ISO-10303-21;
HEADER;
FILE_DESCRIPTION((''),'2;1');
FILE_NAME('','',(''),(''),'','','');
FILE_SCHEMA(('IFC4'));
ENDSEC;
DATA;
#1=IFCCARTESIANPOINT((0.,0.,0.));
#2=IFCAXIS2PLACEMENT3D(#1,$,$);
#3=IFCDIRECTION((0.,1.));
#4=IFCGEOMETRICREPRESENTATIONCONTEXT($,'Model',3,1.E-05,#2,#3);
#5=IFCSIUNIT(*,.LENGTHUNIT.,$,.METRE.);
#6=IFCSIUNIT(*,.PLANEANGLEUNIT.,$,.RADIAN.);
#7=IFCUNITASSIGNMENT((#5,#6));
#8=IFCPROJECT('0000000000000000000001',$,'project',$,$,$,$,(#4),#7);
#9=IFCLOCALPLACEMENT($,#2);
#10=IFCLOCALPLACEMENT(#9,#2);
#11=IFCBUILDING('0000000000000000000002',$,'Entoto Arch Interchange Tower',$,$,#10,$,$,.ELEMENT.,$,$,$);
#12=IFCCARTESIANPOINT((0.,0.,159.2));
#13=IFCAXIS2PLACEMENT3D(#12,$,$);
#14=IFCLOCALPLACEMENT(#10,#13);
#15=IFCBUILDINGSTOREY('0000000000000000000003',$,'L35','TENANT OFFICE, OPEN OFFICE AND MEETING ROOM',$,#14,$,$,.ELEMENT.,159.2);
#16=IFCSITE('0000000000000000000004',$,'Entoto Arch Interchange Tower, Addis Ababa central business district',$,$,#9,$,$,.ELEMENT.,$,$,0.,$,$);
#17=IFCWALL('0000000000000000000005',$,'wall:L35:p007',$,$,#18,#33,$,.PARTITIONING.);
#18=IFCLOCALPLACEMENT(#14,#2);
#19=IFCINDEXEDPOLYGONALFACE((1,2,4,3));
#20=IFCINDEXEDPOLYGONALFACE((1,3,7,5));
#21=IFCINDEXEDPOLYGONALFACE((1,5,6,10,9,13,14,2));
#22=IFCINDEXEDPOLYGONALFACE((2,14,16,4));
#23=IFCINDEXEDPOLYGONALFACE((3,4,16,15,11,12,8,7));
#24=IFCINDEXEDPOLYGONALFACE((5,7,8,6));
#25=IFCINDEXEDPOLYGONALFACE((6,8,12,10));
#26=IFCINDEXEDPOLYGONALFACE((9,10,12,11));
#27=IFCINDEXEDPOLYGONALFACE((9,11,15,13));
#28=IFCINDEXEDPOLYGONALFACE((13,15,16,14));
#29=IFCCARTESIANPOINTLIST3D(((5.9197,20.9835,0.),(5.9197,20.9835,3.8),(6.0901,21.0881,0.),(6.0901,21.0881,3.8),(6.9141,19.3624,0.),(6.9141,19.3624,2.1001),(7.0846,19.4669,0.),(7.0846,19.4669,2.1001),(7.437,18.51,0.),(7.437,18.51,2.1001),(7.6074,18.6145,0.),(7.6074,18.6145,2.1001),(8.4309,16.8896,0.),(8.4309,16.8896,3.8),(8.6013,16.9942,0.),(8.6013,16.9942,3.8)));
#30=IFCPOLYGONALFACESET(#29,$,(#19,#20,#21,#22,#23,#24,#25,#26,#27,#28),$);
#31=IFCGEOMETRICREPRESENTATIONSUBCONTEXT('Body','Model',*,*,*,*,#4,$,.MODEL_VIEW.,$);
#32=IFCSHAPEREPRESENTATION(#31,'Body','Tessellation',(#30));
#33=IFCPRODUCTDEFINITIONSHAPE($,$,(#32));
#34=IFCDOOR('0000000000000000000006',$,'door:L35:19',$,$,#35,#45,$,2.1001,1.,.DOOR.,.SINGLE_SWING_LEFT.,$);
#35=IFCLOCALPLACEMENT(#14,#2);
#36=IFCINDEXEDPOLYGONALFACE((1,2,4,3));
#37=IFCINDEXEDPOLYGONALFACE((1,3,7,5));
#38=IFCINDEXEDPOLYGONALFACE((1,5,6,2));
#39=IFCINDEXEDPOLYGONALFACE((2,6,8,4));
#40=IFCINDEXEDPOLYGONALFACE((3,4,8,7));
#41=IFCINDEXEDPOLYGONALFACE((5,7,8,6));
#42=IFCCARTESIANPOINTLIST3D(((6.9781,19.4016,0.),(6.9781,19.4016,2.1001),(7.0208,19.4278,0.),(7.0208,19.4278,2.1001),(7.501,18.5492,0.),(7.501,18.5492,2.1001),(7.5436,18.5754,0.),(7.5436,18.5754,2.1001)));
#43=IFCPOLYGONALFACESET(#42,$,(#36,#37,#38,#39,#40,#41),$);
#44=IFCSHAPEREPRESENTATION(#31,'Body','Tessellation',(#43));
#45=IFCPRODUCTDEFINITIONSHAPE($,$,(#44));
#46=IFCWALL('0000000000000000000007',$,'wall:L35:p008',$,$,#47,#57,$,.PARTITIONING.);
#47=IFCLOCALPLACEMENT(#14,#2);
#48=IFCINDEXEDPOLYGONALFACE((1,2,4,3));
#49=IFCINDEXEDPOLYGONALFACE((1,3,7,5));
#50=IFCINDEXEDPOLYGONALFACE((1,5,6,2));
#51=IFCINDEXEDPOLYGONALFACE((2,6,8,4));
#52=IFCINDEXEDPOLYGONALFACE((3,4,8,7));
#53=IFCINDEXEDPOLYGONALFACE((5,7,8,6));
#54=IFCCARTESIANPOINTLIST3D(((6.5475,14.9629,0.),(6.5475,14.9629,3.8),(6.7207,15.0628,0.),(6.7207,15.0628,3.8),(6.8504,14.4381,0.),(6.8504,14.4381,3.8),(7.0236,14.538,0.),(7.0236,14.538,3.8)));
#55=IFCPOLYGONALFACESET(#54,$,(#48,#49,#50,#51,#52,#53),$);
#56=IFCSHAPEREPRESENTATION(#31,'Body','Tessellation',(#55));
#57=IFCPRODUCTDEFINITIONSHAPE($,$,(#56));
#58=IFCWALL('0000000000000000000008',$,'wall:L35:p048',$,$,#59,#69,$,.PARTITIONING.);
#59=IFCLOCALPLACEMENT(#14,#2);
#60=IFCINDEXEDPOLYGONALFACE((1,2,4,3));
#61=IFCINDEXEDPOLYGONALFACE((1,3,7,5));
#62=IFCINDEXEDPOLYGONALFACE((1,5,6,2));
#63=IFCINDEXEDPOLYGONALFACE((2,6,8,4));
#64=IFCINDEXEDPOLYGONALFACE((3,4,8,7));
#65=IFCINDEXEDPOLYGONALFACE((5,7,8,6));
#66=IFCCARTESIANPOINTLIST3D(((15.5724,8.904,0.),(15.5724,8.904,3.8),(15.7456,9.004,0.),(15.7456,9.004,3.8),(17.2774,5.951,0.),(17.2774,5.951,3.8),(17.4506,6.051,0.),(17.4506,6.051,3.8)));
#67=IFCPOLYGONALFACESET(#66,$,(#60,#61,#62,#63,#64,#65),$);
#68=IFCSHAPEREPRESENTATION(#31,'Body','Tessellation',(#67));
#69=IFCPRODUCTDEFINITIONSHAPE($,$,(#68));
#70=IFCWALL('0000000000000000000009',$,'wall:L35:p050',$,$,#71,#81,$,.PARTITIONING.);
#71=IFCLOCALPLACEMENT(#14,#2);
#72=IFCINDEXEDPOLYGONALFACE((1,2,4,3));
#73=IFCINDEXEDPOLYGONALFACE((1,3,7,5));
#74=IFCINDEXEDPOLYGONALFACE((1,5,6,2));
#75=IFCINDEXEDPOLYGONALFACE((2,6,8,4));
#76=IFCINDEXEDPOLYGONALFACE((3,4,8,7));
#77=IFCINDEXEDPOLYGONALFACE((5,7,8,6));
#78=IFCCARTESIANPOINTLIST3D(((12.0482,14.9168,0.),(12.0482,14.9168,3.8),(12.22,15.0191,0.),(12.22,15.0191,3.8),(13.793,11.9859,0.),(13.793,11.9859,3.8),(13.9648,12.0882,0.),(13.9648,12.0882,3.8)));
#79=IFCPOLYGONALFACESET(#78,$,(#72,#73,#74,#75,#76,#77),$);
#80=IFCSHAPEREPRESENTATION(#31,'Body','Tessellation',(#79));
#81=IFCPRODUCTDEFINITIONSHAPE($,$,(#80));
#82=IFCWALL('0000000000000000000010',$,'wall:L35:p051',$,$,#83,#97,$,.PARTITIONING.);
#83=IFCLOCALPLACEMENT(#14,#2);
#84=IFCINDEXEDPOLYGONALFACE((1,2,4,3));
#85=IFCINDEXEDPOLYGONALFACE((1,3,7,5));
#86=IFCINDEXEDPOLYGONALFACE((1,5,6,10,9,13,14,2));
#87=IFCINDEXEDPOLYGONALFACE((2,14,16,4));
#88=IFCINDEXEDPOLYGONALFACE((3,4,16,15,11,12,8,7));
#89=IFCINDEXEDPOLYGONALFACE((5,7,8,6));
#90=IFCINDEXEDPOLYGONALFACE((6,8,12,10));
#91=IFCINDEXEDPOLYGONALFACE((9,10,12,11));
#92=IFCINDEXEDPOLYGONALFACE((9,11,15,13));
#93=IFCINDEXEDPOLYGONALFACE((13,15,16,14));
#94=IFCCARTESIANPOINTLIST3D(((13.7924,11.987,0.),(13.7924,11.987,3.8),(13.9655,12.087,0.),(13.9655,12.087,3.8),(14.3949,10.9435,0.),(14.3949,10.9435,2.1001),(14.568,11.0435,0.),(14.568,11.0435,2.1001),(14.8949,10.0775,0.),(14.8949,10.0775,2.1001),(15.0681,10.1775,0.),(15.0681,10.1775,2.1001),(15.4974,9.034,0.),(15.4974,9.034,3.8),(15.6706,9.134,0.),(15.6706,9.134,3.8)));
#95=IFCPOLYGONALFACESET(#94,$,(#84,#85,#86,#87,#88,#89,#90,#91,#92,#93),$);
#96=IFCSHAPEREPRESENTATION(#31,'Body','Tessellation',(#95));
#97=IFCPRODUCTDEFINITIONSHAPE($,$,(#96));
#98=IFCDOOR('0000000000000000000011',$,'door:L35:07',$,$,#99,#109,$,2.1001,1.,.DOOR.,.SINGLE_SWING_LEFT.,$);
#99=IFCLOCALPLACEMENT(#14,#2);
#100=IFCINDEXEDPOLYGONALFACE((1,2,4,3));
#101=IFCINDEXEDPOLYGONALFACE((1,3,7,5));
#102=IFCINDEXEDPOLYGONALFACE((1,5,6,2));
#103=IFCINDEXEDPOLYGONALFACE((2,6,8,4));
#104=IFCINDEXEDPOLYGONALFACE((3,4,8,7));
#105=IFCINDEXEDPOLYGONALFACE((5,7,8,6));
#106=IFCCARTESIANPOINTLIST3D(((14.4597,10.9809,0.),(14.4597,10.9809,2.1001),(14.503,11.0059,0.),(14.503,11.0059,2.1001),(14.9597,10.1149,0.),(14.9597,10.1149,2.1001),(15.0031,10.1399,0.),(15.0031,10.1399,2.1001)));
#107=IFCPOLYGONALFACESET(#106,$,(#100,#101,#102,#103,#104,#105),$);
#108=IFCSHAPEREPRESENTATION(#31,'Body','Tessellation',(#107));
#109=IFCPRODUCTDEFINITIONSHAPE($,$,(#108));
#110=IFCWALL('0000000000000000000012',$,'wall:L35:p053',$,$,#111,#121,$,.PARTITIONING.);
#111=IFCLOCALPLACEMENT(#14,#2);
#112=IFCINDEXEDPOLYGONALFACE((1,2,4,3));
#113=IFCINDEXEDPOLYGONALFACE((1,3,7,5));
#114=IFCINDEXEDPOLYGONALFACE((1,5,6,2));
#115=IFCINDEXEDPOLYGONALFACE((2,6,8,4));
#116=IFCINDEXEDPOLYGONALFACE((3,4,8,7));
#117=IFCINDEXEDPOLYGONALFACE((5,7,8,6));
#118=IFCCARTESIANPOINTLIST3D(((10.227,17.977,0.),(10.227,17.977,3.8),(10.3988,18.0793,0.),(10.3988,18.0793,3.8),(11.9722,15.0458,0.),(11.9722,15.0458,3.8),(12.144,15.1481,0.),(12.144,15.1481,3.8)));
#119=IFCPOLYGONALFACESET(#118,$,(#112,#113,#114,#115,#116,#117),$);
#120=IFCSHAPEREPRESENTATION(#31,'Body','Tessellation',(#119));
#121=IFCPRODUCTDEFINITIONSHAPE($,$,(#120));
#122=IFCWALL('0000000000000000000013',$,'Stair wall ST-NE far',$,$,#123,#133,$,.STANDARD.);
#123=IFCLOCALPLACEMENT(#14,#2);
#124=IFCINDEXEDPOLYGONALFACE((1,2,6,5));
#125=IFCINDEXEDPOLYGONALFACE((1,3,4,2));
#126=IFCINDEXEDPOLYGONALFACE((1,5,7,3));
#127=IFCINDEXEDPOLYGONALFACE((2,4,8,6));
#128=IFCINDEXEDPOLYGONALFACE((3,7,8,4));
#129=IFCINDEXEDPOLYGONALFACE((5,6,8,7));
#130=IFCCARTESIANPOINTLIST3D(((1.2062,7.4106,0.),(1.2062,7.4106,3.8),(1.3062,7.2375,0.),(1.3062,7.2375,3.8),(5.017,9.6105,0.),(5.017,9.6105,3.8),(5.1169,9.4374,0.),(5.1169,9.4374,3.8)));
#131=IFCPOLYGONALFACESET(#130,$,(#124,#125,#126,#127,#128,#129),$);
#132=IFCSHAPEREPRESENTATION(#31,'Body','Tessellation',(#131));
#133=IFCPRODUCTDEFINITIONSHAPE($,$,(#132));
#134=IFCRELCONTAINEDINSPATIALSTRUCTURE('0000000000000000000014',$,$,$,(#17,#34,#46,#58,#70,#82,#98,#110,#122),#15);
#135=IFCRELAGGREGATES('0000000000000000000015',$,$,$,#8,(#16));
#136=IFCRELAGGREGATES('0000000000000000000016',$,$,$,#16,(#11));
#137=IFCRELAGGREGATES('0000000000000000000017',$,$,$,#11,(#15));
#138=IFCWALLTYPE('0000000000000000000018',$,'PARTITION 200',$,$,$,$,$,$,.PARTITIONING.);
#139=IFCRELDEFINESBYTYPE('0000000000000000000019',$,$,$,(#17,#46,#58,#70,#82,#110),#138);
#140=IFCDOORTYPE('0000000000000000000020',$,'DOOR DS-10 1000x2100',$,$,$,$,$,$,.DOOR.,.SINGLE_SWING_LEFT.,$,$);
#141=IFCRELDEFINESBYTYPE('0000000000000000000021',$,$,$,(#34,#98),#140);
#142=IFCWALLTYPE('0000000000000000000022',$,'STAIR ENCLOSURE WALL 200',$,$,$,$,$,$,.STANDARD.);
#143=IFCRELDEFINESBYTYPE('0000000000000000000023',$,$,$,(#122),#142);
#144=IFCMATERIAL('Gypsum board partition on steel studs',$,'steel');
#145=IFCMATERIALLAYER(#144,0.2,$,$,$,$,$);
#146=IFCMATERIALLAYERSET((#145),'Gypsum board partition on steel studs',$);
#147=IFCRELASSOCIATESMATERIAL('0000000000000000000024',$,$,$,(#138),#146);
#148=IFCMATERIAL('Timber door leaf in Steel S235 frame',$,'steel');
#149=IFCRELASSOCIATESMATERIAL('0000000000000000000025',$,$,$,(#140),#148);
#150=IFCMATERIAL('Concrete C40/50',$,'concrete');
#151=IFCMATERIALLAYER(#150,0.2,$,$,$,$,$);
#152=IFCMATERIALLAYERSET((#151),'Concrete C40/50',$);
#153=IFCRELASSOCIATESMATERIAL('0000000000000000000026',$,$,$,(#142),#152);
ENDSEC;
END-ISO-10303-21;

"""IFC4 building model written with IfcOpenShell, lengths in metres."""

from ifc_helpers import new_model, si_unit, direction, frame, frame_2d, origin, place, context, subcontext, project, spatial, rectangle, extrude, material, layer, layer_set, type_object, element, fill, save


model = new_model("IFC4")

# Units and contexts
model_context = context("Model", 3, precision=1e-05, world=origin(), true_north=direction((0.0, 1.0)))
body_context = subcontext(model_context, "Body", "Model", "MODEL_VIEW")
ifc_project = project(units=[si_unit("LENGTHUNIT", "METRE"), si_unit("PLANEANGLEUNIT", "RADIAN")], contexts=[model_context])

# Site, building, storey
site_placement = place(None, origin())
site = spatial("IfcSite", under=ifc_project, at=site_placement, Name="Entoto Arch Interchange Tower, Addis Ababa central business district", CompositionType="ELEMENT", RefElevation=0.0)
building_placement = place(site_placement, origin())
building = spatial("IfcBuilding", under=site, at=building_placement, Name="Entoto Arch Interchange Tower", CompositionType="ELEMENT")
storey_placement = place(building_placement, frame((0.0, 0.0, 159.2)))
storey = spatial("IfcBuildingStorey", under=building, at=storey_placement, Name="L35", Description="TENANT OFFICE, OPEN OFFICE AND MEETING ROOM", CompositionType="ELEMENT", Elevation=159.2)

# Shared definitions
ifc_material_1 = material(Name="Gypsum board partition on steel studs", Category="steel")
ifc_layer_1 = layer(ifc_material_1, 0.2)
ifc_layer_set_1 = layer_set([ifc_layer_1], Name="Gypsum board partition on steel studs")
wall_type_1 = type_object("IfcWallType", Name="PARTITION 200", PredefinedType="PARTITIONING", material=ifc_layer_set_1)

# Wall, opening, door
wall_1_placement = place(storey_placement, frame((8.5161, 16.9419, 0.0), z_axis=(0.0, 0.0, 1.0), x_axis=(-0.522866, 0.852415, 0.0)))
wall_1 = element("IfcWall", 1, at=wall_1_placement, inside=storey, type_object=wall_type_1, Name="wall:L35:p007", PredefinedType="PARTITIONING", context=body_context, shape_type="SweptSolid", body=[
    extrude(rectangle(XDim=4.8027, YDim=0.2, at=frame_2d((2.4014, 0.0))), origin(), (0.0, 0.0, 1.0), 3.8),
])
opening_1_placement = place(wall_1_placement, frame((1.9009, 0.0, 0.0)))
opening_1 = element("IfcOpeningElement", 2, at=opening_1_placement, cuts=wall_1, PredefinedType="OPENING", context=body_context, shape_type="SweptSolid", body=[
    extrude(rectangle(XDim=1.0, YDim=2.1001, at=frame_2d((0.5, 1.05))), frame((0.0, 0.1099, 0.0), z_axis=(0.0, -1.0, 0.0), x_axis=(1.0, 0.0, 0.0)), (0.0, 0.0, 1.0), 0.22),
])
ifc_material_2 = material(Name="Timber door leaf in Steel S235 frame", Category="steel")
door_type_1 = type_object("IfcDoorType", Name="DOOR DS-10 1000x2100", OperationType="SINGLE_SWING_LEFT", PredefinedType="DOOR", material=ifc_material_2)
door_1_placement = place(opening_1_placement, origin())
door_1 = element("IfcDoor", 3, at=door_1_placement, inside=storey, type_object=door_type_1, Name="door:L35:19", OperationType="SINGLE_SWING_LEFT", OverallHeight=2.1001, OverallWidth=1.0, PredefinedType="DOOR", context=body_context, shape_type="SweptSolid", body=[
    extrude(rectangle(XDim=1.0, YDim=2.1001, at=frame_2d((0.5, 1.05))), frame((0.0, 0.0249, 0.0), z_axis=(0.0, -1.0, 0.0), x_axis=(1.0, 0.0, 0.0)), (0.0, 0.0, 1.0), 0.05),
])
fill(opening_1, door_1)

# Walls
wall_2_placement = place(storey_placement, frame((6.937, 14.488, 0.0), z_axis=(0.0, 0.0, 1.0), x_axis=(-0.499908, 0.866078, 0.0)))
element("IfcWall", 4, at=wall_2_placement, inside=storey, type_object=wall_type_1, Name="wall:L35:p008", PredefinedType="PARTITIONING", context=body_context, shape_type="SweptSolid", body=[
    extrude(rectangle(XDim=0.606, YDim=0.2, at=frame_2d((0.303, 0.0))), origin(), (0.0, 0.0, 1.0), 3.8),
])
wall_3_placement = place(storey_placement, frame((15.6589, 8.9541, 0.0), z_axis=(0.0, 0.0, 1.0), x_axis=(0.50002, -0.866014, 0.0)))
element("IfcWall", 5, at=wall_3_placement, inside=storey, type_object=wall_type_1, Name="wall:L35:p048", PredefinedType="PARTITIONING", context=body_context, shape_type="SweptSolid", body=[
    extrude(rectangle(XDim=3.4099, YDim=0.2, at=frame_2d((1.7051, 0.0))), origin(), (0.0, 0.0, 1.0), 3.8),
])
wall_4_placement = place(storey_placement, frame((12.134, 14.968, 0.0), z_axis=(0.0, 0.0, 1.0), x_axis=(0.511546, -0.859256, 0.0)))
element("IfcWall", 6, at=wall_4_placement, inside=storey, type_object=wall_type_1, Name="wall:L35:p050", PredefinedType="PARTITIONING", context=body_context, shape_type="SweptSolid", body=[
    extrude(rectangle(XDim=3.4109, YDim=0.2, at=frame_2d((1.7056, 0.0))), origin(), (0.0, 0.0, 1.0), 3.8),
])

# Wall, opening, door
wall_5_placement = place(storey_placement, frame((13.8789, 12.0371, 0.0), z_axis=(0.0, 0.0, 1.0), x_axis=(0.50002, -0.866014, 0.0)))
wall_5 = element("IfcWall", 7, at=wall_5_placement, inside=storey, type_object=wall_type_1, Name="wall:L35:p051", PredefinedType="PARTITIONING", context=body_context, shape_type="SweptSolid", body=[
    extrude(rectangle(XDim=3.4099, YDim=0.2, at=frame_2d((1.7051, 0.0))), origin(), (0.0, 0.0, 1.0), 3.8),
])
opening_2_placement = place(wall_5_placement, frame((1.2051, 0.0, 0.0)))
opening_2 = element("IfcOpeningElement", 8, at=opening_2_placement, cuts=wall_5, PredefinedType="OPENING", context=body_context, shape_type="SweptSolid", body=[
    extrude(rectangle(XDim=1.0, YDim=2.1001, at=frame_2d((0.5, 1.05))), frame((0.0, 0.1099, 0.0), z_axis=(0.0, -1.0, 0.0), x_axis=(1.0, 0.0, 0.0)), (0.0, 0.0, 1.0), 0.22),
])
door_2_placement = place(opening_2_placement, origin())
door_2 = element("IfcDoor", 9, at=door_2_placement, inside=storey, type_object=door_type_1, Name="door:L35:07", OperationType="SINGLE_SWING_LEFT", OverallHeight=2.1001, OverallWidth=1.0, PredefinedType="DOOR", context=body_context, shape_type="SweptSolid", body=[
    extrude(rectangle(XDim=1.0, YDim=2.1001, at=frame_2d((0.5, 1.05))), frame((0.0, 0.0249, 0.0), z_axis=(0.0, -1.0, 0.0), x_axis=(1.0, 0.0, 0.0)), (0.0, 0.0, 1.0), 0.05),
])
fill(opening_2, door_2)

# Walls
wall_6_placement = place(storey_placement, frame((10.313, 18.0281, 0.0), z_axis=(0.0, 0.0, 1.0), x_axis=(0.511567, -0.859243, 0.0)))
element("IfcWall", 10, at=wall_6_placement, inside=storey, type_object=wall_type_1, Name="wall:L35:p053", PredefinedType="PARTITIONING", context=body_context, shape_type="SweptSolid", body=[
    extrude(rectangle(XDim=3.4114, YDim=0.2, at=frame_2d((1.7056, 0.0))), origin(), (0.0, 0.0, 1.0), 3.8),
])
ifc_material_3 = material(Name="Concrete C40/50", Category="concrete")
ifc_layer_2 = layer(ifc_material_3, 0.2)
ifc_layer_set_2 = layer_set([ifc_layer_2], Name="Concrete C40/50")
wall_type_2 = type_object("IfcWallType", Name="STAIR ENCLOSURE WALL 200", PredefinedType="STANDARD", material=ifc_layer_set_2)
wall_7_placement = place(storey_placement, frame((1.2561, 7.324, 0.0), z_axis=(0.0, 0.0, 1.0), x_axis=(0.866046, 0.499964, 0.0)))
element("IfcWall", 11, at=wall_7_placement, inside=storey, type_object=wall_type_2, Name="Stair wall ST-NE far", PredefinedType="STANDARD", context=body_context, shape_type="SweptSolid", body=[
    extrude(rectangle(XDim=4.4001, YDim=0.2, at=frame_2d((2.2002, 0.0))), origin(), (0.0, 0.0, 1.0), 3.8),
])

save(model, "model.ifc")
